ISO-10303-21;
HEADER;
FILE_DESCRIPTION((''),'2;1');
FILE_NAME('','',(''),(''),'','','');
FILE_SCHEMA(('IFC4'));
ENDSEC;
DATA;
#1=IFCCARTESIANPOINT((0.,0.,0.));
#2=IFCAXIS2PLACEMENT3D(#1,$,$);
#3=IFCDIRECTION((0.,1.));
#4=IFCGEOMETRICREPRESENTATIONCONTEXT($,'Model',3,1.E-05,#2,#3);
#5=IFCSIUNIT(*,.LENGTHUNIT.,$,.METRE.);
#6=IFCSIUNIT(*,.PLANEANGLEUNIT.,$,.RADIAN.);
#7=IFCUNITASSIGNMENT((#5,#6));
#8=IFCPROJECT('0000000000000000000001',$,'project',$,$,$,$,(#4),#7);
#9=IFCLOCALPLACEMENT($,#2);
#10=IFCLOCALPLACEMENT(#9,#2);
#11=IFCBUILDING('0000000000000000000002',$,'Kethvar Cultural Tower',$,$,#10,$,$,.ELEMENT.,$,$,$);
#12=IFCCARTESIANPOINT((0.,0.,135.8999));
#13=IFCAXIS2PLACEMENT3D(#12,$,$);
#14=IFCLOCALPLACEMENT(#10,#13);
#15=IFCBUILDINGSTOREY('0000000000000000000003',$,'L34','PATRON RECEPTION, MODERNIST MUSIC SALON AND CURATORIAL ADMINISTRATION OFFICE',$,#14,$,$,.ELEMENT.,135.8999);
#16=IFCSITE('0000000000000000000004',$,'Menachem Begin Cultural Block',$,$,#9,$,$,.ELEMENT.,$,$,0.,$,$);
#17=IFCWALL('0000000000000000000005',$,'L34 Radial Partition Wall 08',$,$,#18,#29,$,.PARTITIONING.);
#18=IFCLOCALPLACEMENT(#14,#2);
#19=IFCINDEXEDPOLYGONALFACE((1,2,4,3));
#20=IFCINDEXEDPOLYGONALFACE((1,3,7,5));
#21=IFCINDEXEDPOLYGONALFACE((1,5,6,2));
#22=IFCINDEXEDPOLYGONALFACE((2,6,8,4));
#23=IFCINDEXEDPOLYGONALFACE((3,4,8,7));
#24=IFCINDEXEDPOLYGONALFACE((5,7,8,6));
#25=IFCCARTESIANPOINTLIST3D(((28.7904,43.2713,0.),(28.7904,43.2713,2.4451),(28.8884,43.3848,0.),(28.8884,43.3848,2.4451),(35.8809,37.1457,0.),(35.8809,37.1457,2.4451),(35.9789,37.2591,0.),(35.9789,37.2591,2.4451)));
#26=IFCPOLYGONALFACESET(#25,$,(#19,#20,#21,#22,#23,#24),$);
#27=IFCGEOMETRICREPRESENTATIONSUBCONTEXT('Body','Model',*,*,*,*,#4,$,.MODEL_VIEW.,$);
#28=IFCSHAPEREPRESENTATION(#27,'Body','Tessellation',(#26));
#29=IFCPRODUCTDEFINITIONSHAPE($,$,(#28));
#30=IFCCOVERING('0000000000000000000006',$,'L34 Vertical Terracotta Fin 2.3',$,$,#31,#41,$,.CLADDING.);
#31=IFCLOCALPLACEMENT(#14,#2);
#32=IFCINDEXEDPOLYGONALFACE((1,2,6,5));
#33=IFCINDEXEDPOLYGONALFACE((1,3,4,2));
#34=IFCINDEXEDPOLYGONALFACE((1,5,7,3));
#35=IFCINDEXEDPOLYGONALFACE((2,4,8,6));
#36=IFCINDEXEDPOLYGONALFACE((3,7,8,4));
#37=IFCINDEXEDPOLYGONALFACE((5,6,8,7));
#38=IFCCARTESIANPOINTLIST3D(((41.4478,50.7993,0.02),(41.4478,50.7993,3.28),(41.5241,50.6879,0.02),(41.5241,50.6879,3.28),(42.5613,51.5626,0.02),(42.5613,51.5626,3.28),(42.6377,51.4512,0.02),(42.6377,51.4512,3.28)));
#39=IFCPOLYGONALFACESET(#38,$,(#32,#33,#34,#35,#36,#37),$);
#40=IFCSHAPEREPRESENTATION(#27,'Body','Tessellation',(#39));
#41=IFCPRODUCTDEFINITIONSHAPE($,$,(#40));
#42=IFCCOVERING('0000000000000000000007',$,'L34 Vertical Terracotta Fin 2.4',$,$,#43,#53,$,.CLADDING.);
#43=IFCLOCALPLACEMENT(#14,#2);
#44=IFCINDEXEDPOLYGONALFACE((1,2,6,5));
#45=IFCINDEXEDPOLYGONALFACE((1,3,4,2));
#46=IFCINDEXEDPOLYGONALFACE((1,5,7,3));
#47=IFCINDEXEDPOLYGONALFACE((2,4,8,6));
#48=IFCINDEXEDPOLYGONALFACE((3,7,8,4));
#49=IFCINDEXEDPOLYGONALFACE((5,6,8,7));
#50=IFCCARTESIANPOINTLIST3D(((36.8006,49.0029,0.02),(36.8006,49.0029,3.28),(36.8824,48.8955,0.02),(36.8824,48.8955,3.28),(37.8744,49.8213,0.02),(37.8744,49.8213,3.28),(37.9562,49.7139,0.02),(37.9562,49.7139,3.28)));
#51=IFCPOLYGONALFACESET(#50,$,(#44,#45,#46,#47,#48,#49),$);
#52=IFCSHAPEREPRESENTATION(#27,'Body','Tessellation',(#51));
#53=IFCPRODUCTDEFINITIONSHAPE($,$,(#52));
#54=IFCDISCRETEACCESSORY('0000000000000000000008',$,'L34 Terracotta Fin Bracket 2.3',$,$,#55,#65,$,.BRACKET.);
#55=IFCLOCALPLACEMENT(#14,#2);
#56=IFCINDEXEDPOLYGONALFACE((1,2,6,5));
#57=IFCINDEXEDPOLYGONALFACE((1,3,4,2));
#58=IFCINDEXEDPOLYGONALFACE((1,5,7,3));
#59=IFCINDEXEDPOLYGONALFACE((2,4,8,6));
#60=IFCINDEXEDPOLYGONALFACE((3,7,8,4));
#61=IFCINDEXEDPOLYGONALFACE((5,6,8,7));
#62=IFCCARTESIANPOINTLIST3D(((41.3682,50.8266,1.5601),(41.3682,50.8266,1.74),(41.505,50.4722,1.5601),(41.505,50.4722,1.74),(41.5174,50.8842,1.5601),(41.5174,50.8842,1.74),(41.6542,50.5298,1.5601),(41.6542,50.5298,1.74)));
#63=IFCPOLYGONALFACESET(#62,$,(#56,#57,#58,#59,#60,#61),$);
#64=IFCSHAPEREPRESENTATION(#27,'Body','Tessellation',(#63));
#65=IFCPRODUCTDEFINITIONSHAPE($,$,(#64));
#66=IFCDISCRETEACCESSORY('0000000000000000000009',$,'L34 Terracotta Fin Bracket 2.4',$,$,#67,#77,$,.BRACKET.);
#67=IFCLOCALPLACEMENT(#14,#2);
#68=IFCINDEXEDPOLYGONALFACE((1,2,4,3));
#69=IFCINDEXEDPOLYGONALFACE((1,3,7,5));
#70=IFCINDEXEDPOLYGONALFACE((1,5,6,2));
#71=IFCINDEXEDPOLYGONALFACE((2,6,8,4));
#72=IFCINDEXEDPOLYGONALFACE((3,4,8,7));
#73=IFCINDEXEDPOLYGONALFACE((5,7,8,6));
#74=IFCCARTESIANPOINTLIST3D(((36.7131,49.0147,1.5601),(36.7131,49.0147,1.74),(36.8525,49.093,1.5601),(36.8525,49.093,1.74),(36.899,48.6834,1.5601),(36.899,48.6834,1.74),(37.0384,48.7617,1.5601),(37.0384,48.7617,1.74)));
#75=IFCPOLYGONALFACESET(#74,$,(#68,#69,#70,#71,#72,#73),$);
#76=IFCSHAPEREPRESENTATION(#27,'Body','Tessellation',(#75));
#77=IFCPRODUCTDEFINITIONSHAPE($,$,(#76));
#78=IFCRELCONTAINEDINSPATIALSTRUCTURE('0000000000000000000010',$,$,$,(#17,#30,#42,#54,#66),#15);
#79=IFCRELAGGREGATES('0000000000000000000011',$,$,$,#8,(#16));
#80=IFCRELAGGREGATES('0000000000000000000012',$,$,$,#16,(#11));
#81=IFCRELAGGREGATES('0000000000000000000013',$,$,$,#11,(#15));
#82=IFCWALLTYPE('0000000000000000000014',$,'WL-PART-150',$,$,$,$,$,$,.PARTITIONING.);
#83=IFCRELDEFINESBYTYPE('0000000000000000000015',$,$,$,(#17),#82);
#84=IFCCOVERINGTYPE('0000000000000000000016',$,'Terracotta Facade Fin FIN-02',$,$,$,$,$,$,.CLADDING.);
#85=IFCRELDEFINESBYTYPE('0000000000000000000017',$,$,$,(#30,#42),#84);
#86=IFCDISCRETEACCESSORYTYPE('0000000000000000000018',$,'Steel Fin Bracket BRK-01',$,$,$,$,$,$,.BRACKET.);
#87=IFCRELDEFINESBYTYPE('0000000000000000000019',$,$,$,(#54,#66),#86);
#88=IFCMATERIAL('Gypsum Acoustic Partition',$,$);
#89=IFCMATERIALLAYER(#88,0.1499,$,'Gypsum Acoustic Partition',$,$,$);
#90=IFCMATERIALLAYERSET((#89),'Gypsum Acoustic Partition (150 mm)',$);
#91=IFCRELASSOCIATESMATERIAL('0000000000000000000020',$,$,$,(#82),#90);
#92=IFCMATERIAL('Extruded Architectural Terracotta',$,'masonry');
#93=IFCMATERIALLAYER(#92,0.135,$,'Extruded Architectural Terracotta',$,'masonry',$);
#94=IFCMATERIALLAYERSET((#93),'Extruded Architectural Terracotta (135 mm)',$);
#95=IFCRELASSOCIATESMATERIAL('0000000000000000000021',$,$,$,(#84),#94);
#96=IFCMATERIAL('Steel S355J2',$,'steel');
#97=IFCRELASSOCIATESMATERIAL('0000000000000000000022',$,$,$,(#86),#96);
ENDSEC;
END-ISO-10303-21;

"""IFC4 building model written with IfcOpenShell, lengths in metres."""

from ifc_helpers import new_model, si_unit, direction, frame, frame_2d, origin, origin_2d, place, context, subcontext, project, spatial, rectangle, extrude, source, transform, mapped, material, layer, layer_set, type_object, element, save


model = new_model("IFC4")

# Units and contexts
model_context = context("Model", 3, precision=1e-05, world=origin(), true_north=direction((0.0, 1.0)))
body_context = subcontext(model_context, "Body", "Model", "MODEL_VIEW")
ifc_project = project(units=[si_unit("LENGTHUNIT", "METRE"), si_unit("PLANEANGLEUNIT", "RADIAN")], contexts=[model_context])

# Site, building, storey
site_placement = place(None, origin())
site = spatial("IfcSite", under=ifc_project, at=site_placement, Name="Menachem Begin Cultural Block", CompositionType="ELEMENT", RefElevation=0.0)
building_placement = place(site_placement, origin())
building = spatial("IfcBuilding", under=site, at=building_placement, Name="Kethvar Cultural Tower", CompositionType="ELEMENT")
storey_placement = place(building_placement, frame((0.0, 0.0, 135.8999)))
storey = spatial("IfcBuildingStorey", under=building, at=storey_placement, Name="L34", Description="PATRON RECEPTION, MODERNIST MUSIC SALON AND CURATORIAL ADMINISTRATION OFFICE", CompositionType="ELEMENT", Elevation=135.8999)

# Shared definitions
ifc_material_1 = material(Name="Steel S355J2", Category="steel")

# Wall
ifc_material_2 = material(Name="Gypsum Acoustic Partition")
ifc_layer_1 = layer(ifc_material_2, 0.1499, Name="Gypsum Acoustic Partition")
ifc_layer_set_1 = layer_set([ifc_layer_1], Name="Gypsum Acoustic Partition (150 mm)")
wall_type = type_object("IfcWallType", Name="WL-PART-150", PredefinedType="PARTITIONING", material=ifc_layer_set_1)
wall_1_placement = place(storey_placement, frame((35.9299, 37.2024, 0.0), z_axis=(0.0, 0.0, 1.0), x_axis=(-0.756715, 0.653745, 0.0)))
element("IfcWall", 1, at=wall_1_placement, inside=storey, type_object=wall_type, Name="L34 Radial Partition Wall 08", PredefinedType="PARTITIONING", context=body_context, shape_type="SweptSolid", body=[
    extrude(rectangle(XDim=9.3701, YDim=0.1499, at=frame_2d((4.6851, 0.0))), origin(), (0.0, 0.0, 1.0), 2.4451),
])

# Coverings
ifc_material_3 = material(Name="Extruded Architectural Terracotta", Category="masonry")
ifc_layer_2 = layer(ifc_material_3, 0.135, Name="Extruded Architectural Terracotta", Category="masonry")
ifc_layer_set_2 = layer_set([ifc_layer_2], Name="Extruded Architectural Terracotta (135 mm)")
covering_type = type_object("IfcCoveringType", Name="Terracotta Facade Fin FIN-02", PredefinedType="CLADDING", material=ifc_layer_set_2)
shared_shape_1 = source(origin(), body_context, "Body", "SweptSolid", [
    extrude(rectangle(XDim=1.3501, YDim=0.135, at=origin_2d()), origin(), (0.0, 0.0, 1.0), 3.26),
])
for number, where, z_axis, x_axis, name in (
    (2, (42.0427, 51.1252, 0.02), (0.0, 0.0, 1.0), (0.824818, 0.565399, 0.0), "L34 Vertical Terracotta Fin 2.3"),
    (3, (37.3784, 49.3584, 0.02), (0.0, 0.0, 1.0), (0.795368, 0.606127, 0.0), "L34 Vertical Terracotta Fin 2.4"),
):
    element("IfcCovering", number, at=place(storey_placement, frame(where, z_axis=z_axis, x_axis=x_axis)), inside=storey, type_object=covering_type, Name=name, PredefinedType="CLADDING", context=body_context, shape_type="MappedRepresentation", body=[
        mapped(shared_shape_1, transform((0.0, 0.0, 0.0), scale=1.0)),
    ])

# Discrete accessories
discrete_accessory_type = type_object("IfcDiscreteAccessoryType", Name="Steel Fin Bracket BRK-01", PredefinedType="BRACKET", material=ifc_material_1)
shared_shape_2 = source(origin(), body_context, "Body", "SweptSolid", [
    extrude(rectangle(XDim=0.3799, YDim=0.1599, at=origin_2d()), origin(), (0.0, 0.0, 1.0), 0.1799),
])
for number, where, z_axis, x_axis, name in (
    (4, (41.5112, 50.6782, 1.5601), (0.0, 0.0, 1.0), (-0.36016, 0.932891, 0.0), "L34 Terracotta Fin Bracket 2.3"),
    (5, (36.8757, 48.8882, 1.5601), (0.0, 0.0, 1.0), (-0.489382, 0.872069, 0.0), "L34 Terracotta Fin Bracket 2.4"),
):
    element("IfcDiscreteAccessory", number, at=place(storey_placement, frame(where, z_axis=z_axis, x_axis=x_axis)), inside=storey, type_object=discrete_accessory_type, Name=name, PredefinedType="BRACKET", context=body_context, shape_type="MappedRepresentation", body=[
        mapped(shared_shape_2, transform((0.0, 0.0, 0.0), scale=1.0)),
    ])

save(model, "model.ifc")
